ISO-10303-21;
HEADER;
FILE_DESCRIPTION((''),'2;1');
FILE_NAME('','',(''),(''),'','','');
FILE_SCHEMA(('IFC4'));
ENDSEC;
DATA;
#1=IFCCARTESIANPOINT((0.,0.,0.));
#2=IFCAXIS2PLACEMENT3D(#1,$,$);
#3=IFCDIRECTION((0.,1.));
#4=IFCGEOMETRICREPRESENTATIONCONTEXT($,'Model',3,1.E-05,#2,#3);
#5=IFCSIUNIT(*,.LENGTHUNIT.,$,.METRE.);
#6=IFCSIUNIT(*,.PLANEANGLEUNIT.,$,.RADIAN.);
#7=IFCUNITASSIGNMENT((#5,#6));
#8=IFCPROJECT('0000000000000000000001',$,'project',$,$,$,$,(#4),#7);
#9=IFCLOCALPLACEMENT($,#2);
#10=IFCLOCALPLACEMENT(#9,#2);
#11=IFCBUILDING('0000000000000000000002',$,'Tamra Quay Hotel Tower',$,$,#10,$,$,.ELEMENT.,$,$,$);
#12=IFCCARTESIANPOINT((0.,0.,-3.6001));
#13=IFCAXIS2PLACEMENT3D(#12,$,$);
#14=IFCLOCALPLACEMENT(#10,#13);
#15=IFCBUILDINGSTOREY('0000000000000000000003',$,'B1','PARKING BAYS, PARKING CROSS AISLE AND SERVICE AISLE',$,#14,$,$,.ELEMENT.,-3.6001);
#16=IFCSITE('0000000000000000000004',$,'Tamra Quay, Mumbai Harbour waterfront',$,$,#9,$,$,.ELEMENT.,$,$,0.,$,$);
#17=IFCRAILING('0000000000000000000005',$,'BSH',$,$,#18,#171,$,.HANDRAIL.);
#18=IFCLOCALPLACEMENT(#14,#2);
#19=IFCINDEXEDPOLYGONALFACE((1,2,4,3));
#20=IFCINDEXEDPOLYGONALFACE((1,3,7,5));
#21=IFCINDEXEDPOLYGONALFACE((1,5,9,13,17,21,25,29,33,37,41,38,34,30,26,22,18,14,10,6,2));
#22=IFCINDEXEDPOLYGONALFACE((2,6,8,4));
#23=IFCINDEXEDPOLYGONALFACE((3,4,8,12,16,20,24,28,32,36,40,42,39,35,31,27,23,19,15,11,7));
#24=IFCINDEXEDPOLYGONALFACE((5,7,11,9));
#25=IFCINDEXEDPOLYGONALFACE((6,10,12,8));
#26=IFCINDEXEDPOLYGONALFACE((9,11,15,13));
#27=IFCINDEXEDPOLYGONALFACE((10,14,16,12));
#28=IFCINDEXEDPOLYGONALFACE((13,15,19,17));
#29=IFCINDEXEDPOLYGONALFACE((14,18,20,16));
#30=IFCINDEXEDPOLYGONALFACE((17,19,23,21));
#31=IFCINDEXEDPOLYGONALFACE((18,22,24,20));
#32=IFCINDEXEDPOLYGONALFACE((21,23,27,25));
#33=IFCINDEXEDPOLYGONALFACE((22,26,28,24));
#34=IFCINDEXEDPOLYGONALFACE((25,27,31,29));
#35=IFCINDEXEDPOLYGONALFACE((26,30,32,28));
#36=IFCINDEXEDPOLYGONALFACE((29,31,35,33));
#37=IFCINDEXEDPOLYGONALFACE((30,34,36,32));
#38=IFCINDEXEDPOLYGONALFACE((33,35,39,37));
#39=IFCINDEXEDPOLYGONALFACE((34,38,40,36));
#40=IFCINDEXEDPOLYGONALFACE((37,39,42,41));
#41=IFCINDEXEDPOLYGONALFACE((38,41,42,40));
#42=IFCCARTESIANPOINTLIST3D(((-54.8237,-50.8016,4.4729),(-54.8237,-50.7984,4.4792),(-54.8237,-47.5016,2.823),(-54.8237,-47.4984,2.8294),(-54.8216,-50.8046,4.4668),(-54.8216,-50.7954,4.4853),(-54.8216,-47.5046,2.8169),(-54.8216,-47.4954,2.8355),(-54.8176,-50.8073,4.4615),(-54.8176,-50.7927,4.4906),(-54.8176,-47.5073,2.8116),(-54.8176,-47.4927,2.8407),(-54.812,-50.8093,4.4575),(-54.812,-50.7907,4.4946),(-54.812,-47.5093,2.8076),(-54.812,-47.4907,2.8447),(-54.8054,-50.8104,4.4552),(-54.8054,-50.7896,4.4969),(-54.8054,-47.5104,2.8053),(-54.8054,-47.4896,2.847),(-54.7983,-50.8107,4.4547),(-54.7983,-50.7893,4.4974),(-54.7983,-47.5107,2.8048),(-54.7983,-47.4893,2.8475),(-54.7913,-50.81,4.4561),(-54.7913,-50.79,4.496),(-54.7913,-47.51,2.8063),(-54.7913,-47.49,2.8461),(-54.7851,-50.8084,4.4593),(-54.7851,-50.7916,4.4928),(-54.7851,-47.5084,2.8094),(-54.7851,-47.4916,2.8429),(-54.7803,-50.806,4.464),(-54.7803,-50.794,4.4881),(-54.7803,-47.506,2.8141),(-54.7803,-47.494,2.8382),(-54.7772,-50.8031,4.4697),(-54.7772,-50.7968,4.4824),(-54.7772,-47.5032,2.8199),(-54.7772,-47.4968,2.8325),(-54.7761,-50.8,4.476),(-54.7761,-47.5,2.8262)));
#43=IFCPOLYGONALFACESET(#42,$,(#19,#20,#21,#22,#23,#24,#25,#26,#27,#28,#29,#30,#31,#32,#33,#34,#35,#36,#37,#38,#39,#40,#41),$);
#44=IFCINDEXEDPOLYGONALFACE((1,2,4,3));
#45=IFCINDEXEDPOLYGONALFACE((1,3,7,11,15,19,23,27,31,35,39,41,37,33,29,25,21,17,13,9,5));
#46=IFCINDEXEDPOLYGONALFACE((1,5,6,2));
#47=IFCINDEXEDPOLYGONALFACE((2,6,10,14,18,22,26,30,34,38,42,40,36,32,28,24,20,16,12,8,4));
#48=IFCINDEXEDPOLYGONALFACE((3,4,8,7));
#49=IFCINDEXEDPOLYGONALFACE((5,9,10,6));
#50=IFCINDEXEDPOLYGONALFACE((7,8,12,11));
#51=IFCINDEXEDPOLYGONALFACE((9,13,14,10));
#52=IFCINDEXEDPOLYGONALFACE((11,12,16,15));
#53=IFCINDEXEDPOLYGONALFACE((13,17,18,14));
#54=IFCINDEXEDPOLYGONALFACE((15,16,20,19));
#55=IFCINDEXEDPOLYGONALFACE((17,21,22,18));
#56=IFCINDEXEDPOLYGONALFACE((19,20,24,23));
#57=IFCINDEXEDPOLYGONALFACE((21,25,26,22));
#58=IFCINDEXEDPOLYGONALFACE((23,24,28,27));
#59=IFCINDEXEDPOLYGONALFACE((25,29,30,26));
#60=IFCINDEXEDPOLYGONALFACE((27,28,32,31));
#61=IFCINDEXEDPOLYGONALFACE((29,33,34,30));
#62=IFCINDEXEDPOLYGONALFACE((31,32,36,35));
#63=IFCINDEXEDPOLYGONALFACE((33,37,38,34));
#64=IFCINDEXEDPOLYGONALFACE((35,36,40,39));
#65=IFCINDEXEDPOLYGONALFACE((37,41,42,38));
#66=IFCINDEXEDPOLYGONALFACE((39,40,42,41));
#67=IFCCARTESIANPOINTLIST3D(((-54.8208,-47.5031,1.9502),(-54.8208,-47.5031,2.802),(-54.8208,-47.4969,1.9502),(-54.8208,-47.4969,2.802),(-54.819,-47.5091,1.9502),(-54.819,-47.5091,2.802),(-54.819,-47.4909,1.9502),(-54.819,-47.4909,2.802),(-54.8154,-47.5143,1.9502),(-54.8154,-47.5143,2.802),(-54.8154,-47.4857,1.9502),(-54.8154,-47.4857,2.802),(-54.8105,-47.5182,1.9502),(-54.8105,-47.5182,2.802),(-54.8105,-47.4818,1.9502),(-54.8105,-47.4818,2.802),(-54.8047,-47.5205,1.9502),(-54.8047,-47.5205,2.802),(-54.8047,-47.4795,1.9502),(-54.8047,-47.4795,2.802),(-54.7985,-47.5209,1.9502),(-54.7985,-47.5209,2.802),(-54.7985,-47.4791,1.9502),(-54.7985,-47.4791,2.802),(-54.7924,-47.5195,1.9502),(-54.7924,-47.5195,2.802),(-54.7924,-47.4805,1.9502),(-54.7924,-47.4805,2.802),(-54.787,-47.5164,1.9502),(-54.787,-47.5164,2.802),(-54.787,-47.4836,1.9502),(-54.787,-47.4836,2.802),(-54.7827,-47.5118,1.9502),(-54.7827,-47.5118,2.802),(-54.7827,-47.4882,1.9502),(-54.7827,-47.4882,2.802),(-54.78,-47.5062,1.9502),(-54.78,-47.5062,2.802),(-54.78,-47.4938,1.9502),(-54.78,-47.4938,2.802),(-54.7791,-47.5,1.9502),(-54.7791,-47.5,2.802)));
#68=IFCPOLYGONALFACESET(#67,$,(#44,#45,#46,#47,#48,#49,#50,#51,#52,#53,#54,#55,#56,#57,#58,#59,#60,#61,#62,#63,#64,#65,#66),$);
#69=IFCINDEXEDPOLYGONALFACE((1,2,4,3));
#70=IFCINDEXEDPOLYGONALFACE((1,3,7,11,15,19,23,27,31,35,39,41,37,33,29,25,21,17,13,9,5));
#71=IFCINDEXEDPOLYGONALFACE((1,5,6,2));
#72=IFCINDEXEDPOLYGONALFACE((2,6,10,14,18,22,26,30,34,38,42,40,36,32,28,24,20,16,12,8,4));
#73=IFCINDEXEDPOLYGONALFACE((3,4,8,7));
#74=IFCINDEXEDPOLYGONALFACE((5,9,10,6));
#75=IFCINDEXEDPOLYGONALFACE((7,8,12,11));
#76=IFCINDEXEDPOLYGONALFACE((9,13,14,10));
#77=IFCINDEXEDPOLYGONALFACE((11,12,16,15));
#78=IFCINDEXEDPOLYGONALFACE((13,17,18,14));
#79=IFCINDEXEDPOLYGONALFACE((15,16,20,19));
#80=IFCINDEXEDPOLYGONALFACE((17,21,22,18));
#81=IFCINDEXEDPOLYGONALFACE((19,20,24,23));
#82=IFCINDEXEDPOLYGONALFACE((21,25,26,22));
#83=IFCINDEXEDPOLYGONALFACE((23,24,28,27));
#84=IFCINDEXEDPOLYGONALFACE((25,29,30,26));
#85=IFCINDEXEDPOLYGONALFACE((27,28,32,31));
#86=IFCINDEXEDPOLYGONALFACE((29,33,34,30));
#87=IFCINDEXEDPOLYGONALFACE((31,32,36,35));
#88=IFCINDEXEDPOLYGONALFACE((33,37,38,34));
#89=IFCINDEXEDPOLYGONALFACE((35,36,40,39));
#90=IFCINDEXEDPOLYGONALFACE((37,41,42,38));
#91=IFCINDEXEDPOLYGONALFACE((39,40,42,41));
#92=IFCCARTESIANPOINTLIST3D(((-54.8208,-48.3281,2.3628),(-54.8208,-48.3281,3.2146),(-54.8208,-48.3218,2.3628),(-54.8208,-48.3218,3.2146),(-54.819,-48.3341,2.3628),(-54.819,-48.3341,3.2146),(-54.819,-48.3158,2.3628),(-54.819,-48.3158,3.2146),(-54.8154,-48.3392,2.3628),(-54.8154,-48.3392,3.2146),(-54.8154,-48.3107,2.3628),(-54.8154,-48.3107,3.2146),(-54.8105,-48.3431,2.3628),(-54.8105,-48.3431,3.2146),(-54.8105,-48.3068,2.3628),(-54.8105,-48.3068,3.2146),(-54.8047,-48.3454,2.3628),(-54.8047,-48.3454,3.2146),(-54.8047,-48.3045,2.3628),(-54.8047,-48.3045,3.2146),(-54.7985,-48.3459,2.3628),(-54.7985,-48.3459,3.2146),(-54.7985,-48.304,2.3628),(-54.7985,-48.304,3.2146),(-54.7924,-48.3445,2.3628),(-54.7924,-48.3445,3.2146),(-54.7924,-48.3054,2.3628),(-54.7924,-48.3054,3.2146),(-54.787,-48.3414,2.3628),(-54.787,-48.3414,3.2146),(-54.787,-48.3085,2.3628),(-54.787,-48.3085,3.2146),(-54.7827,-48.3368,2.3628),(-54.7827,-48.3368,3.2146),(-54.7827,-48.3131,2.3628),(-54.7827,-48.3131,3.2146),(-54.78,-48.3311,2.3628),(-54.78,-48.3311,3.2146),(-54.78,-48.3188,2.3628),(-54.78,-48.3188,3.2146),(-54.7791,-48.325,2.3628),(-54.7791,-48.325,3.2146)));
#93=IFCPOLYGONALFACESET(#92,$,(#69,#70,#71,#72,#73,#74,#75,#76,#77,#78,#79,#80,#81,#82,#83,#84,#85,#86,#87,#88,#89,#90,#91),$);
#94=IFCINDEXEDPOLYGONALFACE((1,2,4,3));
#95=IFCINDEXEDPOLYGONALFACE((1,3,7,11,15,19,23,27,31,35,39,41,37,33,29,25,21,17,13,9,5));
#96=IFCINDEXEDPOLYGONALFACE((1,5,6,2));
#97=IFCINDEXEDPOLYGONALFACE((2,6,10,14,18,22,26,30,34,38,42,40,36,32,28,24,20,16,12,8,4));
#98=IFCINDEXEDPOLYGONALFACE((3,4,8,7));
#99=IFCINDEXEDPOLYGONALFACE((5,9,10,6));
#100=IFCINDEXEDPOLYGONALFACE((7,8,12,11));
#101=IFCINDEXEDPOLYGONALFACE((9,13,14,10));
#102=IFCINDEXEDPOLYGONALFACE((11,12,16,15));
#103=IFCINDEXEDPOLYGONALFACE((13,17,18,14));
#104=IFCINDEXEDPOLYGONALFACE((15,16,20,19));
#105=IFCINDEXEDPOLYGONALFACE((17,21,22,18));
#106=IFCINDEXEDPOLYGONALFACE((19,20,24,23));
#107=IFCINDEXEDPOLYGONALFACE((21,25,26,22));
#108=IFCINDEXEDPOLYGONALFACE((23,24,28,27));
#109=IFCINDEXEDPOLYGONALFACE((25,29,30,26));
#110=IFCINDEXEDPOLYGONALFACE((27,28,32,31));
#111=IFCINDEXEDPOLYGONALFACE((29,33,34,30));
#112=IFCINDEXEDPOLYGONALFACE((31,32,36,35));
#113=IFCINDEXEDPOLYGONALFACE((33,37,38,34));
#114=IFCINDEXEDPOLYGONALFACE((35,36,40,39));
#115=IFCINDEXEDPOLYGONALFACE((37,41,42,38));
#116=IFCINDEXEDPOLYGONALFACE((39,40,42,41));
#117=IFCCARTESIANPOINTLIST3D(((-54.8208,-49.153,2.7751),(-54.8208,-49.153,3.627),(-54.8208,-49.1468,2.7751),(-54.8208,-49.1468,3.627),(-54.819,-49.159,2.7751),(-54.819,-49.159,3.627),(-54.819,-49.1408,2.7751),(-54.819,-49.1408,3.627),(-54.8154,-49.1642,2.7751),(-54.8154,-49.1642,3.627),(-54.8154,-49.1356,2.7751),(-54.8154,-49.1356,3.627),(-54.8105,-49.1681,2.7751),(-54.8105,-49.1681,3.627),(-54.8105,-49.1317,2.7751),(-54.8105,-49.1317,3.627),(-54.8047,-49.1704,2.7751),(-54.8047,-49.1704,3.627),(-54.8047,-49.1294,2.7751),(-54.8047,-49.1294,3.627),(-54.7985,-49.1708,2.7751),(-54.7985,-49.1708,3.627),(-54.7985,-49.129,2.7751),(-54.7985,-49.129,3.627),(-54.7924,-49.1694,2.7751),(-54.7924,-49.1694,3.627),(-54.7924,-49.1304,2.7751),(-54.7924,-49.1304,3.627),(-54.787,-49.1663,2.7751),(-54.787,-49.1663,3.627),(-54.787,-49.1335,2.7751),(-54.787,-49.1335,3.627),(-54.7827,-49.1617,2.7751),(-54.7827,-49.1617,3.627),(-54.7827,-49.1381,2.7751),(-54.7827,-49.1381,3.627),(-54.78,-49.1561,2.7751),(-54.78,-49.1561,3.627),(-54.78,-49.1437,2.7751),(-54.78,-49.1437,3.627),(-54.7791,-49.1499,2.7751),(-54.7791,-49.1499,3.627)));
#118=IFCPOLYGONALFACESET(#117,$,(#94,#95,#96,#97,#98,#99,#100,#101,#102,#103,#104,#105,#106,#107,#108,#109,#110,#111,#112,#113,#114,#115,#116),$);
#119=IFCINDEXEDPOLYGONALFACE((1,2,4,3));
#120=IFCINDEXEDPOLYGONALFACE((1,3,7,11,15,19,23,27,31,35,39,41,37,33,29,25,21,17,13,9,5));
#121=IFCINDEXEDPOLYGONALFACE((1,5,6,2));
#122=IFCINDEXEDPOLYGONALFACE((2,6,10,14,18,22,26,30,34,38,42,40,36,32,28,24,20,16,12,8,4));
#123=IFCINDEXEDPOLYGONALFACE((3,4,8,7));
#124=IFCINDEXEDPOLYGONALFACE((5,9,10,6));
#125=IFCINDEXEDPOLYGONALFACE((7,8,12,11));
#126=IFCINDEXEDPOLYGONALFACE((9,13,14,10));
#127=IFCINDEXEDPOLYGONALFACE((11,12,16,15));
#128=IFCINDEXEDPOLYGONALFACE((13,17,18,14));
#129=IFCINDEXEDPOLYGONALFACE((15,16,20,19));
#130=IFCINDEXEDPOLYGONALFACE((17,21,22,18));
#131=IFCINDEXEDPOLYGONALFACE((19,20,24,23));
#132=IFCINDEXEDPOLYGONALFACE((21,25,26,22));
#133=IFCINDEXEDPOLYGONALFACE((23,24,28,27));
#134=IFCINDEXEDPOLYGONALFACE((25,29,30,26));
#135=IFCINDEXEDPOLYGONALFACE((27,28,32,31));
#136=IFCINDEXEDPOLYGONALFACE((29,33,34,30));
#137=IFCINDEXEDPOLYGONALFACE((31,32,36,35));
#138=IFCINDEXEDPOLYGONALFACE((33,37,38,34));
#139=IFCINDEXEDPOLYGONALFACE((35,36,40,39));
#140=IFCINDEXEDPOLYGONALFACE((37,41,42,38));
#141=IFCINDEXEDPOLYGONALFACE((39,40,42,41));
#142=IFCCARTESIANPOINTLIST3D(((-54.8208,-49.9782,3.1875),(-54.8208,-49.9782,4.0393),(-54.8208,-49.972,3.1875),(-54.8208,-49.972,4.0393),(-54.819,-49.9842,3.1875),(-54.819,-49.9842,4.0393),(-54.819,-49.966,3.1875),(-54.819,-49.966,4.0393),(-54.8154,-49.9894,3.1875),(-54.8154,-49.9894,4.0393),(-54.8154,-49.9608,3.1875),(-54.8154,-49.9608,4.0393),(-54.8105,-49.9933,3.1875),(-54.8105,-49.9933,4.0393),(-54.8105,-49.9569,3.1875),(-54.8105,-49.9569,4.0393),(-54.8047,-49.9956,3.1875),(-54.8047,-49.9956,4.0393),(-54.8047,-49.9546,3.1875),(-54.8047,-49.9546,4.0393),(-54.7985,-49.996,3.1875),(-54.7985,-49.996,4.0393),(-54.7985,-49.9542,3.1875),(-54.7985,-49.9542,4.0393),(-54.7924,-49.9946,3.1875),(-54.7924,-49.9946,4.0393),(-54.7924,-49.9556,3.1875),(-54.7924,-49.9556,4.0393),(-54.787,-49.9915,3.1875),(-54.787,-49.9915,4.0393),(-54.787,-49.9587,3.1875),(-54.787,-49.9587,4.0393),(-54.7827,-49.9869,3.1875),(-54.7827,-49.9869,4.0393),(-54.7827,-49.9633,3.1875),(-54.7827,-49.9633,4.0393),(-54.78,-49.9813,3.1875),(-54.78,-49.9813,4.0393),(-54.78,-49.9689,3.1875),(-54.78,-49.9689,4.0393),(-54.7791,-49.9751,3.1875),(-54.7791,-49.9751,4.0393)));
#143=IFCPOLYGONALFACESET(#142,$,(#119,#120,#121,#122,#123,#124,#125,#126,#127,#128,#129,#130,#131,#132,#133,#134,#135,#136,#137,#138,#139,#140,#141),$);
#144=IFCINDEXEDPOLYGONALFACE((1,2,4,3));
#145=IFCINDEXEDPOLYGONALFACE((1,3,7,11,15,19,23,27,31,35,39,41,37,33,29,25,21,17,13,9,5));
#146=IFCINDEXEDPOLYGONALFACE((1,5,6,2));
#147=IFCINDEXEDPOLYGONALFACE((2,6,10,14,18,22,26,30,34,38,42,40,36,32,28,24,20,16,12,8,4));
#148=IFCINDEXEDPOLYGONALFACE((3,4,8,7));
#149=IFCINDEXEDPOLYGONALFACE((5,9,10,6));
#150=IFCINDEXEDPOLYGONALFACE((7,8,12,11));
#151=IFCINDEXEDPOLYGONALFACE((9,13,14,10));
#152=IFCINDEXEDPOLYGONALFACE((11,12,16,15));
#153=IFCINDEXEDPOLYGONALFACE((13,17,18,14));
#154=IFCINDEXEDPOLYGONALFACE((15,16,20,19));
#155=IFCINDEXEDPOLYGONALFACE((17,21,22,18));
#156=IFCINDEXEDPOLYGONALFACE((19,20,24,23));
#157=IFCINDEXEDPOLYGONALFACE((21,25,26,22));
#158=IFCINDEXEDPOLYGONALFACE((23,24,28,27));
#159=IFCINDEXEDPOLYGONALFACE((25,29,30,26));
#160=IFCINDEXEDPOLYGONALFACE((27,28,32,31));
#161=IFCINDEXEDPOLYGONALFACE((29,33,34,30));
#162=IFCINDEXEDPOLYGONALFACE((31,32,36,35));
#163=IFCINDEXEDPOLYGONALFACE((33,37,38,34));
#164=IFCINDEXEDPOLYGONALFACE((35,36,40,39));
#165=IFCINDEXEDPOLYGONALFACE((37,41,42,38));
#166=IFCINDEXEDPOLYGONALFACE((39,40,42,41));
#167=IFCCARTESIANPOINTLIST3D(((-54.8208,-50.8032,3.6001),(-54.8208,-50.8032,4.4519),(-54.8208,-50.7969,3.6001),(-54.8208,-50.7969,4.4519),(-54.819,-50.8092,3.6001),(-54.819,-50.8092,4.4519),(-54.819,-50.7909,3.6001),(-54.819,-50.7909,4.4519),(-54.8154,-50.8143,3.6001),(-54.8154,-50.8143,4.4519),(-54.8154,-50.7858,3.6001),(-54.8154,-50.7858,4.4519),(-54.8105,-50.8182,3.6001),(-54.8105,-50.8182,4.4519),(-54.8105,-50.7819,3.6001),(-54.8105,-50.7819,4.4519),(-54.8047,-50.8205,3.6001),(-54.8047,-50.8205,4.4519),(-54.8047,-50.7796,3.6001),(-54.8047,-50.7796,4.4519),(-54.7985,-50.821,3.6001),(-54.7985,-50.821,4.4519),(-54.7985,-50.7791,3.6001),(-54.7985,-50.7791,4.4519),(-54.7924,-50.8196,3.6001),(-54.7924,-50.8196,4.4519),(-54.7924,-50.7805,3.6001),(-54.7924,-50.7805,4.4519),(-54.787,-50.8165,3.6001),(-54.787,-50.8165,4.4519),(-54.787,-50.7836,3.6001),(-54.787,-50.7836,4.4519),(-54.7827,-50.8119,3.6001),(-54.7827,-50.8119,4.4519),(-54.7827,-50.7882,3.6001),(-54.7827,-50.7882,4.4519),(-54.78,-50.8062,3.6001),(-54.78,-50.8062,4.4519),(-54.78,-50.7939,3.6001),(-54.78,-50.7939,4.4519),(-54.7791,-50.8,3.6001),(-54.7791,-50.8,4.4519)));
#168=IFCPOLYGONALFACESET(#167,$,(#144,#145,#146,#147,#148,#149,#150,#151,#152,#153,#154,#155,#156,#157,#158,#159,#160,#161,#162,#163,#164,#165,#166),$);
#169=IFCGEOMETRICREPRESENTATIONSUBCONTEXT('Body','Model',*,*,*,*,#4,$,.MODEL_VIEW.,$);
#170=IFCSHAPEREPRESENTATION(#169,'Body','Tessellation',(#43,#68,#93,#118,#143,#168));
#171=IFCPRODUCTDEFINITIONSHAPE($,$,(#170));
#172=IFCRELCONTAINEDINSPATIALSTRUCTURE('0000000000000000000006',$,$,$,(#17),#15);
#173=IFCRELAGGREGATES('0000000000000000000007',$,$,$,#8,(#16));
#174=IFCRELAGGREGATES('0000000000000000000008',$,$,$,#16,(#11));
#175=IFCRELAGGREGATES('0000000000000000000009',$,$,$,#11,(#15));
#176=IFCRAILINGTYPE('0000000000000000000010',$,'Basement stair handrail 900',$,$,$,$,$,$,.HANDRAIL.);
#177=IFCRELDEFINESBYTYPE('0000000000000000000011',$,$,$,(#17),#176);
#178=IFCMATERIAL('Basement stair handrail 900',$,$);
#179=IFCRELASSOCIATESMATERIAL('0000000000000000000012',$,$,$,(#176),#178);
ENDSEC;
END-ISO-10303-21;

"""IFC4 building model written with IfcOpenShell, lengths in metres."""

from ifc_helpers import new_model, si_unit, direction, frame, origin, origin_2d, place, context, subcontext, project, spatial, circle, extrude, material, type_object, element, save


model = new_model("IFC4")

# Units and contexts
model_context = context("Model", 3, precision=1e-05, world=origin(), true_north=direction((0.0, 1.0)))
body_context = subcontext(model_context, "Body", "Model", "MODEL_VIEW")
ifc_project = project(units=[si_unit("LENGTHUNIT", "METRE"), si_unit("PLANEANGLEUNIT", "RADIAN")], contexts=[model_context])

# Site, building, storey
site_placement = place(None, origin())
site = spatial("IfcSite", under=ifc_project, at=site_placement, Name="Tamra Quay, Mumbai Harbour waterfront", CompositionType="ELEMENT", RefElevation=0.0)
building_placement = place(site_placement, origin())
building = spatial("IfcBuilding", under=site, at=building_placement, Name="Tamra Quay Hotel Tower", CompositionType="ELEMENT")
storey_placement = place(building_placement, frame((0.0, 0.0, -3.6001)))
storey = spatial("IfcBuildingStorey", under=building, at=storey_placement, Name="B1", Description="PARKING BAYS, PARKING CROSS AISLE AND SERVICE AISLE", CompositionType="ELEMENT", Elevation=-3.6001)

# Railing
ifc_material_1 = material(Name="Basement stair handrail 900")
railing_type_1 = type_object("IfcRailingType", Name="Basement stair handrail 900", PredefinedType="HANDRAIL", material=ifc_material_1)
railing_1_placement = place(storey_placement, frame((-54.8, -47.5, 1.9502)))
element("IfcRailing", 1, at=railing_1_placement, inside=storey, type_object=railing_type_1, Name="BSH", PredefinedType="HANDRAIL", context=body_context, shape_type="SweptSolid", body=[
    extrude(circle(Radius=0.0239, at=origin_2d()), frame((0.0, 0.0, 0.876), z_axis=(0.0, -0.89444, 0.447187), x_axis=(1.0, 0.0, 0.0)), (0.0, 0.0, 1.0), 3.6895),
    extrude(circle(Radius=0.021, at=origin_2d()), origin(), (0.0, 0.0, 1.0), 0.8518),
    extrude(circle(Radius=0.021, at=origin_2d()), frame((0.0, -0.825, 0.4126)), (0.0, 0.0, 1.0), 0.8518),
    extrude(circle(Radius=0.021, at=origin_2d()), frame((0.0, -1.6499, 0.825)), (0.0, 0.0, 1.0), 0.8518),
    extrude(circle(Radius=0.021, at=origin_2d()), frame((0.0, -2.4751, 1.2373)), (0.0, 0.0, 1.0), 0.8518),
    extrude(circle(Radius=0.021, at=origin_2d()), frame((0.0, -3.3, 1.6499)), (0.0, 0.0, 1.0), 0.8518),
])

save(model, "model.ifc")
